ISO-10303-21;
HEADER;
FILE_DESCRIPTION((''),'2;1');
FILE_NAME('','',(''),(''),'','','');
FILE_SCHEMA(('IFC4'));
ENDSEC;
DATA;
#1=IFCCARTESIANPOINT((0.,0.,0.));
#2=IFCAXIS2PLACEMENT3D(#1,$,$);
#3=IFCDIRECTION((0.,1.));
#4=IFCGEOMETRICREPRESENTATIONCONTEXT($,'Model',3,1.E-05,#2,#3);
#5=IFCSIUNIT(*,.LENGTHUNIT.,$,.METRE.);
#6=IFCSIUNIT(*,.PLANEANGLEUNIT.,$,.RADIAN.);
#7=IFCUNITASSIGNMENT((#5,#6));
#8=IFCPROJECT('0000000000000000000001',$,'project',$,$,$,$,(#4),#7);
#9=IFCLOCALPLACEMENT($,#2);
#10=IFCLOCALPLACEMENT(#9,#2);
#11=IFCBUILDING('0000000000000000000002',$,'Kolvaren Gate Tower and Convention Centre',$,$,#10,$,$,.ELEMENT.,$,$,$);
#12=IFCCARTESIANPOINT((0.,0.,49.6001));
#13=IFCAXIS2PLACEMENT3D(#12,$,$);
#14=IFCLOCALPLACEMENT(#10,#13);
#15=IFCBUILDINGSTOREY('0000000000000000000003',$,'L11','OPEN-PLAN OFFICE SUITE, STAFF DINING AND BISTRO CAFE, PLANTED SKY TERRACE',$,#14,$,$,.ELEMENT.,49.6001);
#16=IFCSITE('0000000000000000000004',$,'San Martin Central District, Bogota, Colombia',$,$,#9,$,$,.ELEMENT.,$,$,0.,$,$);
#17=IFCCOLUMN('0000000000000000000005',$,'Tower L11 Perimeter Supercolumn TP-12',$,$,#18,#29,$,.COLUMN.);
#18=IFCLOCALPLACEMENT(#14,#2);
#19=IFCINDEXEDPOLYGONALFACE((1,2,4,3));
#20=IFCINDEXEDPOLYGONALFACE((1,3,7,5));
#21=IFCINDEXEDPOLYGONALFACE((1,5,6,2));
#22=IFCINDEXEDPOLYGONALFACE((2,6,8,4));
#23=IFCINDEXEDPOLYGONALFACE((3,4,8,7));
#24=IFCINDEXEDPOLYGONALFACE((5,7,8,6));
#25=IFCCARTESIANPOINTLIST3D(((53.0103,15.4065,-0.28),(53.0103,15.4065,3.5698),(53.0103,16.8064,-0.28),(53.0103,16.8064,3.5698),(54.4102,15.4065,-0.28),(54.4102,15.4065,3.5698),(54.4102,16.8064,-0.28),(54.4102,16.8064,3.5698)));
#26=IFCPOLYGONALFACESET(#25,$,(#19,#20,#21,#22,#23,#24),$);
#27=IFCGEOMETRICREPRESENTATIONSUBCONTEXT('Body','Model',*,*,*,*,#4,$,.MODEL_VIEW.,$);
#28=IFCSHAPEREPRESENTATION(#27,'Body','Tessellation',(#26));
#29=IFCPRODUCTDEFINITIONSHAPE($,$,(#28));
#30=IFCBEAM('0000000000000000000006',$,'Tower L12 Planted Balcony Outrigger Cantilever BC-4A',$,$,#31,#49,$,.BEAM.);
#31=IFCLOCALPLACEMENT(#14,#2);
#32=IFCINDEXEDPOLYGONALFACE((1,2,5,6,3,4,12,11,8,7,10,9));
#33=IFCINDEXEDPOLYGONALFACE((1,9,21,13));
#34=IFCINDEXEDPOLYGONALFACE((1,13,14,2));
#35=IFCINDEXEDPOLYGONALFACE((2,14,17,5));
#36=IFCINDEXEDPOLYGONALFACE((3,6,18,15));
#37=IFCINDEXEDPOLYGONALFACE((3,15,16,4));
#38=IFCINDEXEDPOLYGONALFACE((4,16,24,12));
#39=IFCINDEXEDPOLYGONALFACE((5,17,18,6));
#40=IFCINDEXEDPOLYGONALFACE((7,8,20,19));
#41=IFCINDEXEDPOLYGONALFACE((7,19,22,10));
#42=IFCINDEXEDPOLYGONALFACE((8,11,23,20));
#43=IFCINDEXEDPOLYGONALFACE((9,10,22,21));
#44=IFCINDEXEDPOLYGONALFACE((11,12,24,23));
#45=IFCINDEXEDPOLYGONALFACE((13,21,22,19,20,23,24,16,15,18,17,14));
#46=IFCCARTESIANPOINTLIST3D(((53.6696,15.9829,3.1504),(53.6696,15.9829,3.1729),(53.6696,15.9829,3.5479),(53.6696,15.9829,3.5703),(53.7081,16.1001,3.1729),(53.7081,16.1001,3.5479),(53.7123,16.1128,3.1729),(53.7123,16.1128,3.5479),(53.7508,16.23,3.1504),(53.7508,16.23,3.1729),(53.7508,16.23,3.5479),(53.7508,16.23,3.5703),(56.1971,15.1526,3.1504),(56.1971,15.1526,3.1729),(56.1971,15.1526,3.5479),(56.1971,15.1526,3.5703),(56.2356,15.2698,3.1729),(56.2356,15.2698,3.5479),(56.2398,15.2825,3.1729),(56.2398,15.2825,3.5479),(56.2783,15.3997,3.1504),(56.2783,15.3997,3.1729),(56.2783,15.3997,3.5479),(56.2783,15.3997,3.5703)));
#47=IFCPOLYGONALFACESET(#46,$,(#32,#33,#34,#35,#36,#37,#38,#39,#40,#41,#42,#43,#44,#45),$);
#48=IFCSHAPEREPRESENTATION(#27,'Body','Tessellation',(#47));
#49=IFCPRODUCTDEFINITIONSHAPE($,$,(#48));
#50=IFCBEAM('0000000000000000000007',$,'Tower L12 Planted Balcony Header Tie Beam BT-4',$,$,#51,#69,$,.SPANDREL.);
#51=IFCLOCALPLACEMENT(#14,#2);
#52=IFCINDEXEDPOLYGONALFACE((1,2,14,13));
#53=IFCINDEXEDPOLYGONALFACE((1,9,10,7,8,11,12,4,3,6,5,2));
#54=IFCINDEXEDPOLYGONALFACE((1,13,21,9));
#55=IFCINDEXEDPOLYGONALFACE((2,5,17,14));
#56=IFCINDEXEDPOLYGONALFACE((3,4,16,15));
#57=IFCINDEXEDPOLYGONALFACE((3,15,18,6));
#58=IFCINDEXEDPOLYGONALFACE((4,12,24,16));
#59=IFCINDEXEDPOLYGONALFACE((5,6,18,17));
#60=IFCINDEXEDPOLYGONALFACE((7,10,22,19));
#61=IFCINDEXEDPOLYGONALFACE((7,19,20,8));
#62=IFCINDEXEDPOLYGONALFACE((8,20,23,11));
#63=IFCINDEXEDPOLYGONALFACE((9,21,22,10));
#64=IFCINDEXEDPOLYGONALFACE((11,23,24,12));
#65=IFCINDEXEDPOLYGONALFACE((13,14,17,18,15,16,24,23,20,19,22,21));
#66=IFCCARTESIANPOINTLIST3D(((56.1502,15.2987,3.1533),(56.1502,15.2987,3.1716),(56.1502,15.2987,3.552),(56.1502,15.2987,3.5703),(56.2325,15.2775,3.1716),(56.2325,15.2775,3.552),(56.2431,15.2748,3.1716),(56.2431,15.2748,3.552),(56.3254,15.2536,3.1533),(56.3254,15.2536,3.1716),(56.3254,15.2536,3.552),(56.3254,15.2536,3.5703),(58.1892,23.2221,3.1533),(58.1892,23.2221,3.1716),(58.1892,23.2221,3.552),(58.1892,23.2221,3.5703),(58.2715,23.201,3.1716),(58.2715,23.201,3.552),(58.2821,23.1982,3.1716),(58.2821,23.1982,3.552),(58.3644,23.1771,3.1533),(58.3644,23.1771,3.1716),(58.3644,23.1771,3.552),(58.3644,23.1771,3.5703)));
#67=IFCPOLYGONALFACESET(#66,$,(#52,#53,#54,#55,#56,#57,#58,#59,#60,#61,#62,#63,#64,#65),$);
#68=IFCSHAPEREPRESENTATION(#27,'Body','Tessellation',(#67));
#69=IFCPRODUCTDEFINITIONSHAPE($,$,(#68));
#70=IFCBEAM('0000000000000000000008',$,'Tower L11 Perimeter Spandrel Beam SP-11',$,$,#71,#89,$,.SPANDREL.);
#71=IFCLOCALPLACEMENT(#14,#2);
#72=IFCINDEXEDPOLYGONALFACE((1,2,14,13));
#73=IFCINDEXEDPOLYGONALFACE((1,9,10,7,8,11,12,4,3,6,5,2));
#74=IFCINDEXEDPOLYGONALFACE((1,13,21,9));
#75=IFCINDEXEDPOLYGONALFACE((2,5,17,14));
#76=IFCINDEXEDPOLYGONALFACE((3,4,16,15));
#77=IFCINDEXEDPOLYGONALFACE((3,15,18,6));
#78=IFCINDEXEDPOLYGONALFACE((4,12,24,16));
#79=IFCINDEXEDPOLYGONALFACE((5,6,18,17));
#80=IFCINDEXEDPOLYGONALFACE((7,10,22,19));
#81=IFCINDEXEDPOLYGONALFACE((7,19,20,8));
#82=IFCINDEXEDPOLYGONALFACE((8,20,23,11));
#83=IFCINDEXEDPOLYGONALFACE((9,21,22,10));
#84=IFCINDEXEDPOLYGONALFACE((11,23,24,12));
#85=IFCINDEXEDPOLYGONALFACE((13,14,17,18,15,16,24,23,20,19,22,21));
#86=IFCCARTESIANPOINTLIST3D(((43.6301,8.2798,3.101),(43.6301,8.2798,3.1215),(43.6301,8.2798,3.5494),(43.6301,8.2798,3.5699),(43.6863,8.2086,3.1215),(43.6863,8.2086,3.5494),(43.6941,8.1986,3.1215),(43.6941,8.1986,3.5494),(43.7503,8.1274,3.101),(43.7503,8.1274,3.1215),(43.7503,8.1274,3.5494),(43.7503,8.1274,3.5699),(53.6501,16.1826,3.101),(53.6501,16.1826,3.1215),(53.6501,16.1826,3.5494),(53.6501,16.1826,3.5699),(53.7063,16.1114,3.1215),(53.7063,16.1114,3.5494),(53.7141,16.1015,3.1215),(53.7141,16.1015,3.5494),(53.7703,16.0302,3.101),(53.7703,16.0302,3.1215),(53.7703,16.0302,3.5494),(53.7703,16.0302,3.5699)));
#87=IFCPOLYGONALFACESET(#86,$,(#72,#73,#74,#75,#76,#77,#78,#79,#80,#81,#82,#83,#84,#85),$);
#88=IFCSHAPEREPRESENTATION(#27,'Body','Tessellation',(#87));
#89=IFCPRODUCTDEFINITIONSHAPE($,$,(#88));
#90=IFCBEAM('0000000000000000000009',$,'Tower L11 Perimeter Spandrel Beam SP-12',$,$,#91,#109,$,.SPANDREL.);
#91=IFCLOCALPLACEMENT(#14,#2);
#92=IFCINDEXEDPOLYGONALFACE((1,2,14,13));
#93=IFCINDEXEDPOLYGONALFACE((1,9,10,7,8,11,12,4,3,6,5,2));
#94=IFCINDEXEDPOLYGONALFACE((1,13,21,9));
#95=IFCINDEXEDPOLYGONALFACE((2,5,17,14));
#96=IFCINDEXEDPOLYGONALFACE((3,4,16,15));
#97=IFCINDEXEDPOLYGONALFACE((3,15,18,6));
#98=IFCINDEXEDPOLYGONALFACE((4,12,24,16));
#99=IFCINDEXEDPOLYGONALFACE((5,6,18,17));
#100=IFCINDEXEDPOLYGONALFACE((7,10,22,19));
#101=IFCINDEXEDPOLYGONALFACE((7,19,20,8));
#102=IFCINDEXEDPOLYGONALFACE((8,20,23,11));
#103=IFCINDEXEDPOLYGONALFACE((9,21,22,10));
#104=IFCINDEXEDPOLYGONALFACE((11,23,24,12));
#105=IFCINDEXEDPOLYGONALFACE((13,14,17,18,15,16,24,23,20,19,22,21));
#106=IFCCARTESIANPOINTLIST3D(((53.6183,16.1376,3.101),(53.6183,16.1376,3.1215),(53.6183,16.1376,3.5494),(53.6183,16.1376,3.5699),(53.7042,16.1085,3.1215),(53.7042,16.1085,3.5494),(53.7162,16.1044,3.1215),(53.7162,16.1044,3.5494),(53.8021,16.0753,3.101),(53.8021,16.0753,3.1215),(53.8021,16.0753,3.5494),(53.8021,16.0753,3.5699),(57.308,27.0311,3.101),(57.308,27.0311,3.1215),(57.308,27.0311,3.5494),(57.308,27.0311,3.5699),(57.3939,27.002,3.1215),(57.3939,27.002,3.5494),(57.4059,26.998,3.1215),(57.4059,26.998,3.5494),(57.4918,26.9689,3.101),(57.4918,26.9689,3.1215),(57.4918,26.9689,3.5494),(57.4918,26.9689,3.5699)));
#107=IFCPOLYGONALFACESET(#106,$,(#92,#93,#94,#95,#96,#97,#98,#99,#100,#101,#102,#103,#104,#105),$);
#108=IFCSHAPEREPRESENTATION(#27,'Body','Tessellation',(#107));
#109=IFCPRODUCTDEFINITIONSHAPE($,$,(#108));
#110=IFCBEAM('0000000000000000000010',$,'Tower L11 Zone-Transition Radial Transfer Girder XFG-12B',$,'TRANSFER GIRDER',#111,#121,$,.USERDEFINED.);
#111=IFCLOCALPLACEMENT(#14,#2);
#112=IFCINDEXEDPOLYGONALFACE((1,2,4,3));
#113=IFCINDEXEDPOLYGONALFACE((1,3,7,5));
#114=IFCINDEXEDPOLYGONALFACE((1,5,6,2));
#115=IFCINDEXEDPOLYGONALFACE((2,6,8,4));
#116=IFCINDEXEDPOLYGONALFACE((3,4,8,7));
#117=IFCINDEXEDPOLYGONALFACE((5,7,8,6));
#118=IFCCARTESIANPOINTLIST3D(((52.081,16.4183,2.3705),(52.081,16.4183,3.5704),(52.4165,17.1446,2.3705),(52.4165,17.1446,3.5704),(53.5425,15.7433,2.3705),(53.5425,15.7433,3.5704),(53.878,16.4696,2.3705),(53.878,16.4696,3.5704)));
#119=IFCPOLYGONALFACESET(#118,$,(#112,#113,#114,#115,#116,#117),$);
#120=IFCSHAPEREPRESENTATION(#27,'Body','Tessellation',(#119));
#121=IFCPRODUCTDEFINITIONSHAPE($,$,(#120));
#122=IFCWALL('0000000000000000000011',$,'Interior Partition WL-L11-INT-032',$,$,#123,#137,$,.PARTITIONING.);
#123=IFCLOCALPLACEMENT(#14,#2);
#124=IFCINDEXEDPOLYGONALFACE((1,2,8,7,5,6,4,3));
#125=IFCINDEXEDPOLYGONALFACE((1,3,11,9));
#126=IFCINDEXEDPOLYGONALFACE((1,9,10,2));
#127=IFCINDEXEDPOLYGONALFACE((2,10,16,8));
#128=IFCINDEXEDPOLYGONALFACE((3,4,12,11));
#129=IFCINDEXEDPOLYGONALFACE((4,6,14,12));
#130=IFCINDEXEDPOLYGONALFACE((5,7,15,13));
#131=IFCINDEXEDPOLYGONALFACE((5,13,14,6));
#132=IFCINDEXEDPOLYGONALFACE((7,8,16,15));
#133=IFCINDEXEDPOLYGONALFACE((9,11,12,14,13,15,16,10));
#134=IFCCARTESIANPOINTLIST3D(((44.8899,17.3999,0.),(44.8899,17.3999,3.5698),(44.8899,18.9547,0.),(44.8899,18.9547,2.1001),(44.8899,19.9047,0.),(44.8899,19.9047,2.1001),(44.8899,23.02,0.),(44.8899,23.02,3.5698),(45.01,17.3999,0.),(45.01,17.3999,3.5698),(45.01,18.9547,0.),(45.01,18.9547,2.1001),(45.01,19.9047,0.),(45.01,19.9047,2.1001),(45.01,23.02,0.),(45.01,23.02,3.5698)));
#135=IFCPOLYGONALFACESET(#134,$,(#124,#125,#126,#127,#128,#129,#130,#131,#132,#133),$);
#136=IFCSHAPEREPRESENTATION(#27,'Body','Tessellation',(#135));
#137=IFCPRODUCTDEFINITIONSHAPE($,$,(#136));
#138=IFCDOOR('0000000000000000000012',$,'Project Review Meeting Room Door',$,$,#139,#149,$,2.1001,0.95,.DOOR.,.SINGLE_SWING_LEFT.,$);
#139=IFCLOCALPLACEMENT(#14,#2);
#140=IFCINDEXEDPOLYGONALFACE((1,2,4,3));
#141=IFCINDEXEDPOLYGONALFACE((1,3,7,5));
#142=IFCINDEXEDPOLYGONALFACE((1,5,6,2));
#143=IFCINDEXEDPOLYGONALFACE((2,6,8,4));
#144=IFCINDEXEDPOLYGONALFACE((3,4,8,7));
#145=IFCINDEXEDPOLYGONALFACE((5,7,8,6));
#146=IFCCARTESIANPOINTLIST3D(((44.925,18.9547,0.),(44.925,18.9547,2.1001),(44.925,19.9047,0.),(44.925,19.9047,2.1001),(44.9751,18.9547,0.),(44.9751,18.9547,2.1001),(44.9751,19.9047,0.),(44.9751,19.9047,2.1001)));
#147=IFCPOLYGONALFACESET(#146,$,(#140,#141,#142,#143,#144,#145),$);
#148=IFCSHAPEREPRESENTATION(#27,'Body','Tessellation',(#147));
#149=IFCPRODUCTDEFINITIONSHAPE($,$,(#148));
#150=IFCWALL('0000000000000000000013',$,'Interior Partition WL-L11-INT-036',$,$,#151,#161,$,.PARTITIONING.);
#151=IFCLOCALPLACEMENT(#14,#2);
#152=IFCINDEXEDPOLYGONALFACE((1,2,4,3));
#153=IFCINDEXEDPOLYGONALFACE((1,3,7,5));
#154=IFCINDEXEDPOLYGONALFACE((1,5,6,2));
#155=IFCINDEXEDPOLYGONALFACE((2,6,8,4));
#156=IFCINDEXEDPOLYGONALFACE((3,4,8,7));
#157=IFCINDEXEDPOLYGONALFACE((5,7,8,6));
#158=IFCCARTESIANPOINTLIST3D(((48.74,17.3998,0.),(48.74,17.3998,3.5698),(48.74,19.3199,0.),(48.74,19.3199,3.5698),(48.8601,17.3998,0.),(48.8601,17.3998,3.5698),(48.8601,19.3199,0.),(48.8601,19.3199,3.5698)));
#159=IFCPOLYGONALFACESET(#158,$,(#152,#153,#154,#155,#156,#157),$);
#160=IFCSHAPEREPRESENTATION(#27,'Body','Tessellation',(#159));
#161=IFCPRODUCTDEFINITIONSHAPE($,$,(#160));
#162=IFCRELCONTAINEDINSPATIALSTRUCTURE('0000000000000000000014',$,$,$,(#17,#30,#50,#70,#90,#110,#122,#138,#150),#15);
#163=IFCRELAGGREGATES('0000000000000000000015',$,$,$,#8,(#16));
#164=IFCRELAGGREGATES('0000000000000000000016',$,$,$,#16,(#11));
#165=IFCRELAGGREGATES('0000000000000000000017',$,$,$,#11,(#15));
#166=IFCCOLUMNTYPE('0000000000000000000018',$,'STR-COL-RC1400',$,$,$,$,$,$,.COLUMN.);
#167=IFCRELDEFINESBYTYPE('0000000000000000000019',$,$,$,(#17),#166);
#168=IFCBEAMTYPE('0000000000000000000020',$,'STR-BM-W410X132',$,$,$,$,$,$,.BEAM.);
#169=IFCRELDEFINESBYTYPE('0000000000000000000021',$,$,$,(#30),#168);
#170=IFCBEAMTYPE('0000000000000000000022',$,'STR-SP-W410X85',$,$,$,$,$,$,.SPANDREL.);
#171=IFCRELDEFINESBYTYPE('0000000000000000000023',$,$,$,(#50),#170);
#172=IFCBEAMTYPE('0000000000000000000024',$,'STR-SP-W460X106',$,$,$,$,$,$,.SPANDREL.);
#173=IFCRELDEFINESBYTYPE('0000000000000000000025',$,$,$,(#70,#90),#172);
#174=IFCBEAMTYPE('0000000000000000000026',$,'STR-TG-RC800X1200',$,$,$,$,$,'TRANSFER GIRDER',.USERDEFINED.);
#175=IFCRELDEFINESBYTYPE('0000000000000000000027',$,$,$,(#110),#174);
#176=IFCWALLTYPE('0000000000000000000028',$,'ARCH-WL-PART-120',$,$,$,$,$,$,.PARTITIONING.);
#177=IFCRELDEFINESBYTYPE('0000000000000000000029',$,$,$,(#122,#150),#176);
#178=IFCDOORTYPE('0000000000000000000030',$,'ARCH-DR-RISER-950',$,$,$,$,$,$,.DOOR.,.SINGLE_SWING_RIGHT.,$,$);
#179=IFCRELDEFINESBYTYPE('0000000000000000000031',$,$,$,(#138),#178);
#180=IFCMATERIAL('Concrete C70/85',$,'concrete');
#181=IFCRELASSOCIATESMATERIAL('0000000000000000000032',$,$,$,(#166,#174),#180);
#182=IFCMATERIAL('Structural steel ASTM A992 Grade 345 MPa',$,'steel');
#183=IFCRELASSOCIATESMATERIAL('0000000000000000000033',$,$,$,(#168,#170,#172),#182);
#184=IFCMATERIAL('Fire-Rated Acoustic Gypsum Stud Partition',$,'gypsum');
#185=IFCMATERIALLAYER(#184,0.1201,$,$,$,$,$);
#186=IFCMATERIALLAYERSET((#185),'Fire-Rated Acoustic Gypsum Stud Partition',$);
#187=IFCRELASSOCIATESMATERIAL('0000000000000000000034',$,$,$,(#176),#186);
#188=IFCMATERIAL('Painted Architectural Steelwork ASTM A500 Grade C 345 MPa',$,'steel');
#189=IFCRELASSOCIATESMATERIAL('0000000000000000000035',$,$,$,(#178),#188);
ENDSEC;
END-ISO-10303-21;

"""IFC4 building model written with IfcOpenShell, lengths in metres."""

from ifc_helpers import new_model, si_unit, direction, frame, frame_2d, origin, origin_2d, place, context, subcontext, project, spatial, rectangle, i_section, extrude, material, layer, layer_set, material_profile, profile_set, type_object, element, fill, save


model = new_model("IFC4")

# Units and contexts
model_context = context("Model", 3, precision=1e-05, world=origin(), true_north=direction((0.0, 1.0)))
body_context = subcontext(model_context, "Body", "Model", "MODEL_VIEW")
ifc_project = project(units=[si_unit("LENGTHUNIT", "METRE"), si_unit("PLANEANGLEUNIT", "RADIAN")], contexts=[model_context])

# Site, building, storey
site_placement = place(None, origin())
site = spatial("IfcSite", under=ifc_project, at=site_placement, Name="San Martin Central District, Bogota, Colombia", CompositionType="ELEMENT", RefElevation=0.0)
building_placement = place(site_placement, origin())
building = spatial("IfcBuilding", under=site, at=building_placement, Name="Kolvaren Gate Tower and Convention Centre", CompositionType="ELEMENT")
storey_placement = place(building_placement, frame((0.0, 0.0, 49.6001)))
storey = spatial("IfcBuildingStorey", under=building, at=storey_placement, Name="L11", Description="OPEN-PLAN OFFICE SUITE, STAFF DINING AND BISTRO CAFE, PLANTED SKY TERRACE", CompositionType="ELEMENT", Elevation=49.6001)

# Column
ifc_material_1 = material(Name="Concrete C70/85", Category="concrete")
ifc_material_profile_1 = material_profile(ifc_material_1, rectangle(XDim=1.3999, YDim=1.3999, at=origin_2d()), Name="RC-COL-1400X1400")
ifc_profile_set_1 = profile_set([ifc_material_profile_1], Name="Concrete C70/85")
column_type = type_object("IfcColumnType", Name="STR-COL-RC1400", PredefinedType="COLUMN", material=ifc_profile_set_1)
column_placement = place(storey_placement, frame((53.7102, 16.1064, -0.28), z_axis=(0.0, 0.0, 1.0), x_axis=(1.0, 0.0, 0.0)))
element("IfcColumn", 1, at=column_placement, inside=storey, type_object=column_type, Name="Tower L11 Perimeter Supercolumn TP-12", PredefinedType="COLUMN", context=body_context, shape_type="SweptSolid", body=[
    extrude(rectangle(XDim=1.3999, YDim=1.3999, at=origin_2d()), origin(), (0.0, 0.0, 1.0), 3.8499),
])

# Beams
ifc_material_2 = material(Name="Structural steel ASTM A992 Grade 345 MPa", Category="steel")
ifc_material_profile_2 = material_profile(ifc_material_2, i_section(OverallWidth=0.26, OverallDepth=0.4199, WebThickness=0.0134, FlangeThickness=0.0225, at=origin_2d()), Name="W410X132")
ifc_profile_set_2 = profile_set([ifc_material_profile_2], Name="Structural steel ASTM A992 Grade 345 MPa")
beam_type_1 = type_object("IfcBeamType", Name="STR-BM-W410X132", PredefinedType="BEAM", material=ifc_profile_set_2)
beam_1_placement = place(storey_placement, frame((53.7102, 16.1064, 3.3604), z_axis=(0.950051, -0.312095, 0.0), x_axis=(0.312095, 0.950051, 0.0)))
element("IfcBeam", 2, at=beam_1_placement, inside=storey, type_object=beam_type_1, Name="Tower L12 Planted Balcony Outrigger Cantilever BC-4A", PredefinedType="BEAM", context=body_context, shape_type="SweptSolid", body=[
    extrude(i_section(OverallWidth=0.26, OverallDepth=0.4199, WebThickness=0.0134, FlangeThickness=0.0225, at=origin_2d()), origin(), (0.0, 0.0, 1.0), 2.6604),
])
ifc_material_profile_3 = material_profile(ifc_material_2, i_section(OverallWidth=0.1809, OverallDepth=0.417, WebThickness=0.011, FlangeThickness=0.0183, at=origin_2d()), Name="W410X85")
ifc_profile_set_3 = profile_set([ifc_material_profile_3], Name="Structural steel ASTM A992 Grade 345 MPa")
beam_type_2 = type_object("IfcBeamType", Name="STR-SP-W410X85", PredefinedType="SPANDREL", material=ifc_profile_set_3)
beam_2_placement = place(storey_placement, frame((56.2378, 15.2761, 3.3618), z_axis=(0.249221, 0.968447, 0.0), x_axis=(-0.968447, 0.249221, 0.0)))
element("IfcBeam", 3, at=beam_2_placement, inside=storey, type_object=beam_type_2, Name="Tower L12 Planted Balcony Header Tie Beam BT-4", PredefinedType="SPANDREL", context=body_context, shape_type="SweptSolid", body=[
    extrude(i_section(OverallWidth=0.1809, OverallDepth=0.417, WebThickness=0.011, FlangeThickness=0.0183, at=origin_2d()), origin(), (0.0, 0.0, 1.0), 8.1816),
])
ifc_material_profile_4 = material_profile(ifc_material_2, i_section(OverallWidth=0.1941, OverallDepth=0.469, WebThickness=0.0127, FlangeThickness=0.0205, at=origin_2d()), Name="W460X106")
ifc_profile_set_4 = profile_set([ifc_material_profile_4], Name="Structural steel ASTM A992 Grade 345 MPa")
beam_type_3 = type_object("IfcBeamType", Name="STR-SP-W460X106", PredefinedType="SPANDREL", material=ifc_profile_set_4)
beam_3_placement = place(storey_placement, frame((43.6902, 8.2036, 3.3354), z_axis=(0.785176, 0.619272, 0.0), x_axis=(-0.619272, 0.785176, 0.0)))
element("IfcBeam", 4, at=beam_3_placement, inside=storey, type_object=beam_type_3, Name="Tower L11 Perimeter Spandrel Beam SP-11", PredefinedType="SPANDREL", context=body_context, shape_type="SweptSolid", body=[
    extrude(i_section(OverallWidth=0.1941, OverallDepth=0.469, WebThickness=0.0127, FlangeThickness=0.0205, at=origin_2d()), origin(), (0.0, 0.0, 1.0), 12.7615),
])
beam_4_placement = place(storey_placement, frame((53.7102, 16.1064, 3.3354), z_axis=(0.320803, 0.947146, 0.0), x_axis=(-0.947146, 0.320803, 0.0)))
element("IfcBeam", 5, at=beam_4_placement, inside=storey, type_object=beam_type_3, Name="Tower L11 Perimeter Spandrel Beam SP-12", PredefinedType="SPANDREL", context=body_context, shape_type="SweptSolid", body=[
    extrude(i_section(OverallWidth=0.1941, OverallDepth=0.469, WebThickness=0.0127, FlangeThickness=0.0205, at=origin_2d()), origin(), (0.0, 0.0, 1.0), 11.5015),
])
ifc_material_profile_5 = material_profile(ifc_material_1, rectangle(XDim=0.8, YDim=1.2, at=origin_2d()), Name="RC-BM-800X1200")
ifc_profile_set_5 = profile_set([ifc_material_profile_5], Name="Concrete C70/85")
beam_type_4 = type_object("IfcBeamType", Name="STR-TG-RC800X1200", ElementType="TRANSFER GIRDER", PredefinedType="USERDEFINED", material=ifc_profile_set_5)
beam_5_placement = place(storey_placement, frame((52.2488, 16.7815, 2.9705), z_axis=(0.907831, -0.419337, 0.0), x_axis=(0.419337, 0.907831, 0.0)))
element("IfcBeam", 6, at=beam_5_placement, inside=storey, type_object=beam_type_4, Name="Tower L11 Zone-Transition Radial Transfer Girder XFG-12B", ObjectType="TRANSFER GIRDER", PredefinedType="USERDEFINED", context=body_context, shape_type="SweptSolid", body=[
    extrude(rectangle(XDim=0.8, YDim=1.2, at=origin_2d()), origin(), (0.0, 0.0, 1.0), 1.6099),
])

# Wall, opening, door
ifc_material_3 = material(Name="Fire-Rated Acoustic Gypsum Stud Partition", Category="gypsum")
ifc_layer_1 = layer(ifc_material_3, 0.1201)
ifc_layer_set_1 = layer_set([ifc_layer_1], Name="Fire-Rated Acoustic Gypsum Stud Partition")
wall_type_1 = type_object("IfcWallType", Name="ARCH-WL-PART-120", PredefinedType="PARTITIONING", material=ifc_layer_set_1)
wall_1_placement = place(storey_placement, frame((44.95, 17.3999, 0.0), z_axis=(0.0, 0.0, 1.0), x_axis=(0.0, 1.0, 0.0)))
wall_1 = element("IfcWall", 7, at=wall_1_placement, inside=storey, type_object=wall_type_1, Name="Interior Partition WL-L11-INT-032", PredefinedType="PARTITIONING", context=body_context, shape_type="SweptSolid", body=[
    extrude(rectangle(XDim=5.6201, YDim=0.1201, at=frame_2d((2.8101, 0.0))), origin(), (0.0, 0.0, 1.0), 3.5698),
])
opening_1_placement = place(wall_1_placement, frame((1.5547, 0.0, 0.0)))
opening_1 = element("IfcOpeningElement", 8, at=opening_1_placement, cuts=wall_1, PredefinedType="OPENING", context=body_context, shape_type="SweptSolid", body=[
    extrude(rectangle(XDim=0.95, YDim=2.1001, at=frame_2d((0.4751, 1.05))), frame((0.0, 0.0701, 0.0), z_axis=(0.0, -1.0, 0.0), x_axis=(1.0, 0.0, 0.0)), (0.0, 0.0, 1.0), 0.1401),
])
ifc_material_4 = material(Name="Painted Architectural Steelwork ASTM A500 Grade C 345 MPa", Category="steel")
door_type_1 = type_object("IfcDoorType", Name="ARCH-DR-RISER-950", OperationType="SINGLE_SWING_RIGHT", PredefinedType="DOOR", material=ifc_material_4)
door_1_placement = place(opening_1_placement, origin())
door_1 = element("IfcDoor", 9, at=door_1_placement, inside=storey, type_object=door_type_1, Name="Project Review Meeting Room Door", OperationType="SINGLE_SWING_LEFT", OverallHeight=2.1001, OverallWidth=0.95, PredefinedType="DOOR", context=body_context, shape_type="SweptSolid", body=[
    extrude(rectangle(XDim=0.95, YDim=2.1001, at=frame_2d((0.4751, 1.05))), frame((0.0, 0.0249, 0.0), z_axis=(0.0, -1.0, 0.0), x_axis=(1.0, 0.0, 0.0)), (0.0, 0.0, 1.0), 0.05),
])
fill(opening_1, door_1)

# Wall
wall_2_placement = place(storey_placement, frame((48.8, 17.3999, 0.0), z_axis=(0.0, 0.0, 1.0), x_axis=(0.0, 1.0, 0.0)))
element("IfcWall", 10, at=wall_2_placement, inside=storey, type_object=wall_type_1, Name="Interior Partition WL-L11-INT-036", PredefinedType="PARTITIONING", context=body_context, shape_type="SweptSolid", body=[
    extrude(rectangle(XDim=1.9202, YDim=0.1201, at=frame_2d((0.96, 0.0))), origin(), (0.0, 0.0, 1.0), 3.5698),
])

save(model, "model.ifc")
